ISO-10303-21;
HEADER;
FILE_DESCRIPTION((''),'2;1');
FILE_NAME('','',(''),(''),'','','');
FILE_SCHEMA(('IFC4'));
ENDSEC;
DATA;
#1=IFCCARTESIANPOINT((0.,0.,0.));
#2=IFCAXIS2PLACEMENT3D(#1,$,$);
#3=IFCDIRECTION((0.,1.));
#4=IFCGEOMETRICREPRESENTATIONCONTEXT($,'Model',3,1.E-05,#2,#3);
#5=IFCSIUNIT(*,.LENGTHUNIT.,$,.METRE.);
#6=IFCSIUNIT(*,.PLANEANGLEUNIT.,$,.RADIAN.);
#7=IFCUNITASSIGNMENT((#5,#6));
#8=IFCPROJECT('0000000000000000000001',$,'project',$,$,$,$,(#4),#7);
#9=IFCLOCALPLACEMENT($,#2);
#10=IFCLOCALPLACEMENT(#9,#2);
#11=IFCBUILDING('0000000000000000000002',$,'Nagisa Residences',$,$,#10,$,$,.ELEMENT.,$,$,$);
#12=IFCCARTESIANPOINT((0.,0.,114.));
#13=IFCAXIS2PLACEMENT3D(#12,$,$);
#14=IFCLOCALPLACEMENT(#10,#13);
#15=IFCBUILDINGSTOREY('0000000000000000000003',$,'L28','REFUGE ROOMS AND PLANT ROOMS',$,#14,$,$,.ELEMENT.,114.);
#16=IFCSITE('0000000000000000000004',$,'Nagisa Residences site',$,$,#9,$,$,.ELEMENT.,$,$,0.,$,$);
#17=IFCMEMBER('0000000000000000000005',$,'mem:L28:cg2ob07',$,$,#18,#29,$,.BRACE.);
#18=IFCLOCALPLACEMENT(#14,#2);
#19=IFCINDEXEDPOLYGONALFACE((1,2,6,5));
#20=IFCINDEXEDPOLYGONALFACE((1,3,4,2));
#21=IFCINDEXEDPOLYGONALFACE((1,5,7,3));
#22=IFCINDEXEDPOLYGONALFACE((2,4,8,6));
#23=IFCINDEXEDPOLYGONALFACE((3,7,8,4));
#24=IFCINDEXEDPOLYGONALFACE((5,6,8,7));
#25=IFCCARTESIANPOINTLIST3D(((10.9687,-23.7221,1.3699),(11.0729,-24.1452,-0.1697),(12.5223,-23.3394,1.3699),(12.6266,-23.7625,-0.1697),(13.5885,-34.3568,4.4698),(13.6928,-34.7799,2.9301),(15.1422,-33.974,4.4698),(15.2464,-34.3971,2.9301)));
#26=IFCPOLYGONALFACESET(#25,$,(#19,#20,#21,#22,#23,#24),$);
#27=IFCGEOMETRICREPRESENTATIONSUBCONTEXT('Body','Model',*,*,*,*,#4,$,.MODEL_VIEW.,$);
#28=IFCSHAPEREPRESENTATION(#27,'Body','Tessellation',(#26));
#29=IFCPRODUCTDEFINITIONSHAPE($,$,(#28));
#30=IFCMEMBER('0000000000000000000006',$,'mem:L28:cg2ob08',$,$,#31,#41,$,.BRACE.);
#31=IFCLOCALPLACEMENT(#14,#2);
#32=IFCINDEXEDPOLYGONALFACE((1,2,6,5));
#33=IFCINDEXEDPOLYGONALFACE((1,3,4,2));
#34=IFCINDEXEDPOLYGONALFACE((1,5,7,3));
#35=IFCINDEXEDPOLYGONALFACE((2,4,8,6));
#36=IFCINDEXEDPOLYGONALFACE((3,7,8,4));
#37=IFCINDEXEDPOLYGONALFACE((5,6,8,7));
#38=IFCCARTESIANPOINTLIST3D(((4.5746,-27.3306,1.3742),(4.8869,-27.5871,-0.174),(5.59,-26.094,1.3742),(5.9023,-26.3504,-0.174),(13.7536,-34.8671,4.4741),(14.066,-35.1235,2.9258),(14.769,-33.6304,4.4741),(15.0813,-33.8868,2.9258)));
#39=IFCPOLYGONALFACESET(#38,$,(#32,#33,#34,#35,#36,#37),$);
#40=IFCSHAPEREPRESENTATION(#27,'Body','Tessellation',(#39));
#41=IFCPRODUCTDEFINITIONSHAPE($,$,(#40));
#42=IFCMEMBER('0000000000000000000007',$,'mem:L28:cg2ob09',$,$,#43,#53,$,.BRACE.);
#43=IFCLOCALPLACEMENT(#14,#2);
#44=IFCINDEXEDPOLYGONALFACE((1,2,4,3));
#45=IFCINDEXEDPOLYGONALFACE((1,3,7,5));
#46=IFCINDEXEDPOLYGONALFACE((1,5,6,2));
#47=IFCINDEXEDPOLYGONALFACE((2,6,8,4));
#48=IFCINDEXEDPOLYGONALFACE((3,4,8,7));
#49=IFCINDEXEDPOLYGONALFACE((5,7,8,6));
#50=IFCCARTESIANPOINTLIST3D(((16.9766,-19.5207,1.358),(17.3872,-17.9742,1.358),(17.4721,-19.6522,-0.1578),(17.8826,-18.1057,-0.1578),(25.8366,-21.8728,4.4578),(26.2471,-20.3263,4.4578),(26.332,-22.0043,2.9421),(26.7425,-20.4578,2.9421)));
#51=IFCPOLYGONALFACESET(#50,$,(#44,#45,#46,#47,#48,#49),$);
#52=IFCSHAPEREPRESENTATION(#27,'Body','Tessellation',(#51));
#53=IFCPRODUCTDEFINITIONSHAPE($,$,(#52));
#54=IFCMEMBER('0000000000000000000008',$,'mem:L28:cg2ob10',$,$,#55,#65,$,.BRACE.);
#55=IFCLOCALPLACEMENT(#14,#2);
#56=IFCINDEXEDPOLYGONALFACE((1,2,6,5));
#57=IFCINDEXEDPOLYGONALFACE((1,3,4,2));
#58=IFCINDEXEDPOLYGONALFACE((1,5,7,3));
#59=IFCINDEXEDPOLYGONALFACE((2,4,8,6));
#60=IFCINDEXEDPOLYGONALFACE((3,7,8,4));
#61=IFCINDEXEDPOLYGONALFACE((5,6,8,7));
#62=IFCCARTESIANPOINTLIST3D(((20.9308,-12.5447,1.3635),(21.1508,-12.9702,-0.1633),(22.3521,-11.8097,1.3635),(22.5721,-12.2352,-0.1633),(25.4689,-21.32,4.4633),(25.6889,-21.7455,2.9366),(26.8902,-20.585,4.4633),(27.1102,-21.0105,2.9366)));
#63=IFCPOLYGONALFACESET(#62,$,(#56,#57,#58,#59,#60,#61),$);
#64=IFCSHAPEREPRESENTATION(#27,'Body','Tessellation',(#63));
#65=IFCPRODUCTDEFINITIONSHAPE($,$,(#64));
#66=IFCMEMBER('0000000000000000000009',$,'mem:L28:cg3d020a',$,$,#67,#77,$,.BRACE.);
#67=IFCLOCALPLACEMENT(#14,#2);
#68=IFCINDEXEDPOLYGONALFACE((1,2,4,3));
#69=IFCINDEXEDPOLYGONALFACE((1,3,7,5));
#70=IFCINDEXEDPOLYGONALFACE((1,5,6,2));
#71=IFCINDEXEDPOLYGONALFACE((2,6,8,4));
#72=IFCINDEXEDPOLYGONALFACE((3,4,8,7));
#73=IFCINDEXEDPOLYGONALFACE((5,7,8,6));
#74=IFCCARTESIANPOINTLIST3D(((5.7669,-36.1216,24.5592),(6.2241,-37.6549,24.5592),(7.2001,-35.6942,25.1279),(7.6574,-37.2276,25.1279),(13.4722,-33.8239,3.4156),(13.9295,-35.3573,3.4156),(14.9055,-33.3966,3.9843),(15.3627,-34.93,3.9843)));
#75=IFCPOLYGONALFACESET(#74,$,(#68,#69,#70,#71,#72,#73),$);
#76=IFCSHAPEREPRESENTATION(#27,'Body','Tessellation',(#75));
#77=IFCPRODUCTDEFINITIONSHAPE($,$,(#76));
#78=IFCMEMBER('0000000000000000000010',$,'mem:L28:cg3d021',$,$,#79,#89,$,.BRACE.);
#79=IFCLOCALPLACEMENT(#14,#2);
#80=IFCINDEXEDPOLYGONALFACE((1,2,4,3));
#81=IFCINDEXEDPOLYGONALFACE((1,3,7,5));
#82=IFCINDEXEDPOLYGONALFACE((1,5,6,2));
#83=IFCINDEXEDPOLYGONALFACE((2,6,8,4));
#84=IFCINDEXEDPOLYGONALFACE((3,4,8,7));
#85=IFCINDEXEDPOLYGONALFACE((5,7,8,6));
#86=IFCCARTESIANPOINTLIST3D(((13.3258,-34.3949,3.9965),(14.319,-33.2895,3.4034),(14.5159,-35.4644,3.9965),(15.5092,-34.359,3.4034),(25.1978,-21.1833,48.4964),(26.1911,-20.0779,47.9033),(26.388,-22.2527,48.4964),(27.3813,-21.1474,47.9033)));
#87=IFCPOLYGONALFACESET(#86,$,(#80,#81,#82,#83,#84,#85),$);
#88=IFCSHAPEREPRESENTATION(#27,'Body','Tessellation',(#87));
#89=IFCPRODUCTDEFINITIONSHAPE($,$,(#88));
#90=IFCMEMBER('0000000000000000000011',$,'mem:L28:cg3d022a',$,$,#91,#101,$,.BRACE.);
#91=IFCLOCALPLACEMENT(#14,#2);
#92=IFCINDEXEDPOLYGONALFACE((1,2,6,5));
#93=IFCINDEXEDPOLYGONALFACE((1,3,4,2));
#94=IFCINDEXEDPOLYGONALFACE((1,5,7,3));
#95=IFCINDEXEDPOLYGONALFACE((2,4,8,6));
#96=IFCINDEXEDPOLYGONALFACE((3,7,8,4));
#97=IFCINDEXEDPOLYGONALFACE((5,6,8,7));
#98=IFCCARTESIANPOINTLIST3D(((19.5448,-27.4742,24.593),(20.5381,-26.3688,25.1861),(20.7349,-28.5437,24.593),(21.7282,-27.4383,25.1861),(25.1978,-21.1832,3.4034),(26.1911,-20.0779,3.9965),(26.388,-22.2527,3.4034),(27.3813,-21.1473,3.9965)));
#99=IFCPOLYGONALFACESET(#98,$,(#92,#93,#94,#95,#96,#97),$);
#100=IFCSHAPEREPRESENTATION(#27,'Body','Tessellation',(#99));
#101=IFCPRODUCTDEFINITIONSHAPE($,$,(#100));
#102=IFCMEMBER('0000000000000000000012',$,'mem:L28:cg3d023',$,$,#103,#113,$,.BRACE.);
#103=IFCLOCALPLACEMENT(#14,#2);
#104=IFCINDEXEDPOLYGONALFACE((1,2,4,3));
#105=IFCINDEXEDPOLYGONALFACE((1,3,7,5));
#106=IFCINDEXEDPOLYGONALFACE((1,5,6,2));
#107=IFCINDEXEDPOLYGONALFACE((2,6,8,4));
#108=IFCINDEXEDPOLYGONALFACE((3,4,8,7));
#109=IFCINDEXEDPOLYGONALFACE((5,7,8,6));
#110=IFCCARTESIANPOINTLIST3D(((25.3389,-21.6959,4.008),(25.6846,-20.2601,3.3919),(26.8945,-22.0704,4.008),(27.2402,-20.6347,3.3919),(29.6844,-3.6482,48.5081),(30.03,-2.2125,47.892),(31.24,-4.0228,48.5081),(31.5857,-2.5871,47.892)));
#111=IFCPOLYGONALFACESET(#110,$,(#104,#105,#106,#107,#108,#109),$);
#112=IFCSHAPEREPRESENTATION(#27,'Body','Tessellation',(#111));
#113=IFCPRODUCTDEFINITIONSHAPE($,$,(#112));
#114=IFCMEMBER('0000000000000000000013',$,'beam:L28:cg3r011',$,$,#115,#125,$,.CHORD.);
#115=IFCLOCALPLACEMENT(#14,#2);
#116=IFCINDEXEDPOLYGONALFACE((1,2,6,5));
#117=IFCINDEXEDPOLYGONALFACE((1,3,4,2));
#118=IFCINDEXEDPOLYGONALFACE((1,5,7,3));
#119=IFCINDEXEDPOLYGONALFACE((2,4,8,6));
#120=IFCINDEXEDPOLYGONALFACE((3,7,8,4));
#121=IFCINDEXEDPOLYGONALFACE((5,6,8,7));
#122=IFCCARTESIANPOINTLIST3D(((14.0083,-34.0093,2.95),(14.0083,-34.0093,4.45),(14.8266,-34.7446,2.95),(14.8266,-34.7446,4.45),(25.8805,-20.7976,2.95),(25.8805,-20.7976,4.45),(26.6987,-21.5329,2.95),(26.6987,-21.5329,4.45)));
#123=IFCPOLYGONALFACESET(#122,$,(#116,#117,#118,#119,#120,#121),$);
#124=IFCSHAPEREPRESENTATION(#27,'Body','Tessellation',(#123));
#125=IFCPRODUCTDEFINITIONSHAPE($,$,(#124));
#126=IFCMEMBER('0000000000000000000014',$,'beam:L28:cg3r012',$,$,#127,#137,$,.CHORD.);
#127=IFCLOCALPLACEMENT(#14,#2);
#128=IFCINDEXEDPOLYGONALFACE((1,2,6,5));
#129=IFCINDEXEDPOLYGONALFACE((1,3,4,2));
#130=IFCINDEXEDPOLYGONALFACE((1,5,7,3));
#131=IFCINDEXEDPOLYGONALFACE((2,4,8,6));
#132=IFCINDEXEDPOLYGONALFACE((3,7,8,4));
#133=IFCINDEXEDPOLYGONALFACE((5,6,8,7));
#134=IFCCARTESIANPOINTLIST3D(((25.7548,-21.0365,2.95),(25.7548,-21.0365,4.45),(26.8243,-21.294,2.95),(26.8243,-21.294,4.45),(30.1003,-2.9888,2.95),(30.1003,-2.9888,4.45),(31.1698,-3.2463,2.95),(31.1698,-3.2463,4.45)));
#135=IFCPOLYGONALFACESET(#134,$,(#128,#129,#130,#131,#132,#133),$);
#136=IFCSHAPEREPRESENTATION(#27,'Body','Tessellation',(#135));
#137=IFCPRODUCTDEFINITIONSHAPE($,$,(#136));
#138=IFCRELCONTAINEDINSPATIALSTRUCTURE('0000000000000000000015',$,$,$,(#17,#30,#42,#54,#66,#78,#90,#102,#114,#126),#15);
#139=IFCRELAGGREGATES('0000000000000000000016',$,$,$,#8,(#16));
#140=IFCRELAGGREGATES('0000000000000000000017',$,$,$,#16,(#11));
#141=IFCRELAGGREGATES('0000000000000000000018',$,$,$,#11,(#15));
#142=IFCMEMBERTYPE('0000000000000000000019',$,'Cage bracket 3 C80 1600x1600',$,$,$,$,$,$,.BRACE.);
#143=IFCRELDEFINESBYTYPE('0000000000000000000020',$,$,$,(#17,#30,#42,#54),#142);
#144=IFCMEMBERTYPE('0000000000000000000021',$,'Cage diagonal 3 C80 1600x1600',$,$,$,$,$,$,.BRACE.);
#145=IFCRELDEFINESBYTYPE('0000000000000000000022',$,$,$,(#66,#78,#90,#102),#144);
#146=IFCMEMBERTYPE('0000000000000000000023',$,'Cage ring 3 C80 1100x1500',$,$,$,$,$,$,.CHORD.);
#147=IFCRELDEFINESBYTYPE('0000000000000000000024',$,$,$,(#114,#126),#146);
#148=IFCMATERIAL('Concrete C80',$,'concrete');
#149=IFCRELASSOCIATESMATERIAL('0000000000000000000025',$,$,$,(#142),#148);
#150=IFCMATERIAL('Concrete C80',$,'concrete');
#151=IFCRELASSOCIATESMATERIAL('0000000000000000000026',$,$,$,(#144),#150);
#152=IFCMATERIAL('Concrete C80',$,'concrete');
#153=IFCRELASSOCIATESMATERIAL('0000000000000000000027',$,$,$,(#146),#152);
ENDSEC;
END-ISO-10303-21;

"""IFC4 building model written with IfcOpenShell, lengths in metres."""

from ifc_helpers import new_model, si_unit, direction, frame, origin, origin_2d, place, context, subcontext, project, spatial, rectangle, extrude, material, material_profile, profile_set, type_object, element, save


model = new_model("IFC4")

# Units and contexts
model_context = context("Model", 3, precision=1e-05, world=origin(), true_north=direction((0.0, 1.0)))
body_context = subcontext(model_context, "Body", "Model", "MODEL_VIEW")
ifc_project = project(units=[si_unit("LENGTHUNIT", "METRE"), si_unit("PLANEANGLEUNIT", "RADIAN")], contexts=[model_context])

# Site, building, storey
site_placement = place(None, origin())
site = spatial("IfcSite", under=ifc_project, at=site_placement, Name="Nagisa Residences site", CompositionType="ELEMENT", RefElevation=0.0)
building_placement = place(site_placement, origin())
building = spatial("IfcBuilding", under=site, at=building_placement, Name="Nagisa Residences", CompositionType="ELEMENT")
storey_placement = place(building_placement, frame((0.0, 0.0, 114.0)))
storey = spatial("IfcBuildingStorey", under=building, at=storey_placement, Name="L28", Description="REFUGE ROOMS AND PLANT ROOMS", CompositionType="ELEMENT", Elevation=114.0)

# Members
ifc_material_1 = material(Name="Concrete C80", Category="concrete")
ifc_material_profile_1 = material_profile(ifc_material_1, rectangle(XDim=1.6001, YDim=1.6001, at=origin_2d()), Name="C80 1600x1600")
ifc_profile_set_1 = profile_set([ifc_material_profile_1], Name="Concrete C80")
member_type_1 = type_object("IfcMemberType", Name="Cage bracket 3 C80 1600x1600", PredefinedType="BRACE", material=ifc_profile_set_1)
member_1_placement = place(storey_placement, frame((14.4175, -34.377, 3.7), z_axis=(-0.230158, 0.934273, -0.272325), x_axis=(-0.970971, -0.239198, 0.0)))
element("IfcMember", 1, at=member_1_placement, inside=storey, type_object=member_type_1, Name="mem:L28:cg2ob07", PredefinedType="BRACE", context=body_context, shape_type="SweptSolid", body=[
    extrude(rectangle(XDim=1.6001, YDim=1.6001, at=origin_2d()), origin(), (0.0, 0.0, 1.0), 11.3828),
])
member_2_placement = place(storey_placement, frame((14.4175, -34.377, 3.7), z_axis=(-0.747817, 0.613995, -0.252548), x_axis=(-0.634564, -0.77287, 0.0)))
element("IfcMember", 2, at=member_2_placement, inside=storey, type_object=member_type_1, Name="mem:L28:cg2ob08", PredefinedType="BRACE", context=body_context, shape_type="SweptSolid", body=[
    extrude(rectangle(XDim=1.6001, YDim=1.6001, at=origin_2d()), origin(), (0.0, 0.0, 1.0), 12.2744),
])
member_3_placement = place(storey_placement, frame((26.2896, -21.1653, 3.7), z_axis=(-0.915588, 0.243063, -0.320342), x_axis=(-0.256585, -0.966522, 0.0)))
element("IfcMember", 3, at=member_3_placement, inside=storey, type_object=member_type_1, Name="mem:L28:cg2ob09", PredefinedType="BRACE", context=body_context, shape_type="SweptSolid", body=[
    extrude(rectangle(XDim=1.6001, YDim=1.6001, at=origin_2d()), origin(), (0.0, 0.0, 1.0), 9.6768),
])
member_4_placement = place(storey_placement, frame((26.2896, -21.1653, 3.7), z_axis=(-0.438282, 0.847515, -0.299379), x_axis=(-0.888255, -0.45935, 0.0)))
element("IfcMember", 4, at=member_4_placement, inside=storey, type_object=member_type_1, Name="mem:L28:cg2ob10", PredefinedType="BRACE", context=body_context, shape_type="SweptSolid", body=[
    extrude(rectangle(XDim=1.6001, YDim=1.6001, at=origin_2d()), origin(), (0.0, 0.0, 1.0), 10.3542),
])
ifc_material_2 = material(Name="Concrete C80", Category="concrete")
ifc_material_profile_2 = material_profile(ifc_material_2, rectangle(XDim=1.6001, YDim=1.6001, at=origin_2d()), Name="C80 1600x1600")
ifc_profile_set_2 = profile_set([ifc_material_profile_2], Name="Concrete C80")
member_type_2 = type_object("IfcMemberType", Name="Cage diagonal 3 C80 1600x1600", PredefinedType="BRACE", material=ifc_profile_set_2)
member_5_placement = place(storey_placement, frame((14.4175, -34.377, 3.7), z_axis=(-0.34063, -0.101571, 0.934695), x_axis=(0.285751, -0.958304, 0.0)))
element("IfcMember", 5, at=member_5_placement, inside=storey, type_object=member_type_2, Name="mem:L28:cg3d020a", PredefinedType="BRACE", context=body_context, shape_type="SweptSolid", body=[
    extrude(rectangle(XDim=1.6001, YDim=1.6001, at=origin_2d()), origin(), (0.0, 0.0, 1.0), 22.6208),
])
member_6_placement = place(storey_placement, frame((14.4175, -34.377, 3.7), z_axis=(0.247779, 0.275738, 0.928749), x_axis=(-0.74381, 0.668391, 0.0)))
element("IfcMember", 6, at=member_6_placement, inside=storey, type_object=member_type_2, Name="mem:L28:cg3d021", PredefinedType="BRACE", context=body_context, shape_type="SweptSolid", body=[
    extrude(rectangle(XDim=1.6001, YDim=1.6001, at=origin_2d()), origin(), (0.0, 0.0, 1.0), 47.9138),
])
member_7_placement = place(storey_placement, frame((26.2896, -21.1653, 3.7), z_axis=(-0.247776, -0.275737, 0.92875), x_axis=(0.743814, -0.668387, 0.0)))
element("IfcMember", 7, at=member_7_placement, inside=storey, type_object=member_type_2, Name="mem:L28:cg3d022a", PredefinedType="BRACE", context=body_context, shape_type="SweptSolid", body=[
    extrude(rectangle(XDim=1.6001, YDim=1.6001, at=origin_2d()), origin(), (0.0, 0.0, 1.0), 22.8152),
])
member_8_placement = place(storey_placement, frame((26.2896, -21.1653, 3.7), z_axis=(0.090124, 0.374302, 0.922917), x_axis=(-0.972215, 0.234088, 0.0)))
element("IfcMember", 8, at=member_8_placement, inside=storey, type_object=member_type_2, Name="mem:L28:cg3d023", PredefinedType="BRACE", context=body_context, shape_type="SweptSolid", body=[
    extrude(rectangle(XDim=1.6001, YDim=1.6001, at=origin_2d()), origin(), (0.0, 0.0, 1.0), 48.2168),
])
ifc_material_3 = material(Name="Concrete C80", Category="concrete")
ifc_material_profile_3 = material_profile(ifc_material_3, rectangle(XDim=1.1001, YDim=1.5, at=origin_2d()), Name="C80 1100x1500")
ifc_profile_set_3 = profile_set([ifc_material_profile_3], Name="Concrete C80")
member_type_3 = type_object("IfcMemberType", Name="Cage ring 3 C80 1100x1500", PredefinedType="CHORD", material=ifc_profile_set_3)
member_9_placement = place(storey_placement, frame((14.4175, -34.377, 3.7), z_axis=(0.668391, 0.74381, 0.0), x_axis=(-0.74381, 0.668391, 0.0)))
element("IfcMember", 9, at=member_9_placement, inside=storey, type_object=member_type_3, Name="beam:L28:cg3r011", PredefinedType="CHORD", context=body_context, shape_type="SweptSolid", body=[
    extrude(rectangle(XDim=1.1001, YDim=1.5, at=origin_2d()), origin(), (0.0, 0.0, 1.0), 17.7622),
])
member_10_placement = place(storey_placement, frame((26.2896, -21.1653, 3.7), z_axis=(0.234088, 0.972215, 0.0), x_axis=(-0.972215, 0.234088, 0.0)))
element("IfcMember", 10, at=member_10_placement, inside=storey, type_object=member_type_3, Name="beam:L28:cg3r012", PredefinedType="CHORD", context=body_context, shape_type="SweptSolid", body=[
    extrude(rectangle(XDim=1.1001, YDim=1.5, at=origin_2d()), origin(), (0.0, 0.0, 1.0), 18.5635),
])

save(model, "model.ifc")
